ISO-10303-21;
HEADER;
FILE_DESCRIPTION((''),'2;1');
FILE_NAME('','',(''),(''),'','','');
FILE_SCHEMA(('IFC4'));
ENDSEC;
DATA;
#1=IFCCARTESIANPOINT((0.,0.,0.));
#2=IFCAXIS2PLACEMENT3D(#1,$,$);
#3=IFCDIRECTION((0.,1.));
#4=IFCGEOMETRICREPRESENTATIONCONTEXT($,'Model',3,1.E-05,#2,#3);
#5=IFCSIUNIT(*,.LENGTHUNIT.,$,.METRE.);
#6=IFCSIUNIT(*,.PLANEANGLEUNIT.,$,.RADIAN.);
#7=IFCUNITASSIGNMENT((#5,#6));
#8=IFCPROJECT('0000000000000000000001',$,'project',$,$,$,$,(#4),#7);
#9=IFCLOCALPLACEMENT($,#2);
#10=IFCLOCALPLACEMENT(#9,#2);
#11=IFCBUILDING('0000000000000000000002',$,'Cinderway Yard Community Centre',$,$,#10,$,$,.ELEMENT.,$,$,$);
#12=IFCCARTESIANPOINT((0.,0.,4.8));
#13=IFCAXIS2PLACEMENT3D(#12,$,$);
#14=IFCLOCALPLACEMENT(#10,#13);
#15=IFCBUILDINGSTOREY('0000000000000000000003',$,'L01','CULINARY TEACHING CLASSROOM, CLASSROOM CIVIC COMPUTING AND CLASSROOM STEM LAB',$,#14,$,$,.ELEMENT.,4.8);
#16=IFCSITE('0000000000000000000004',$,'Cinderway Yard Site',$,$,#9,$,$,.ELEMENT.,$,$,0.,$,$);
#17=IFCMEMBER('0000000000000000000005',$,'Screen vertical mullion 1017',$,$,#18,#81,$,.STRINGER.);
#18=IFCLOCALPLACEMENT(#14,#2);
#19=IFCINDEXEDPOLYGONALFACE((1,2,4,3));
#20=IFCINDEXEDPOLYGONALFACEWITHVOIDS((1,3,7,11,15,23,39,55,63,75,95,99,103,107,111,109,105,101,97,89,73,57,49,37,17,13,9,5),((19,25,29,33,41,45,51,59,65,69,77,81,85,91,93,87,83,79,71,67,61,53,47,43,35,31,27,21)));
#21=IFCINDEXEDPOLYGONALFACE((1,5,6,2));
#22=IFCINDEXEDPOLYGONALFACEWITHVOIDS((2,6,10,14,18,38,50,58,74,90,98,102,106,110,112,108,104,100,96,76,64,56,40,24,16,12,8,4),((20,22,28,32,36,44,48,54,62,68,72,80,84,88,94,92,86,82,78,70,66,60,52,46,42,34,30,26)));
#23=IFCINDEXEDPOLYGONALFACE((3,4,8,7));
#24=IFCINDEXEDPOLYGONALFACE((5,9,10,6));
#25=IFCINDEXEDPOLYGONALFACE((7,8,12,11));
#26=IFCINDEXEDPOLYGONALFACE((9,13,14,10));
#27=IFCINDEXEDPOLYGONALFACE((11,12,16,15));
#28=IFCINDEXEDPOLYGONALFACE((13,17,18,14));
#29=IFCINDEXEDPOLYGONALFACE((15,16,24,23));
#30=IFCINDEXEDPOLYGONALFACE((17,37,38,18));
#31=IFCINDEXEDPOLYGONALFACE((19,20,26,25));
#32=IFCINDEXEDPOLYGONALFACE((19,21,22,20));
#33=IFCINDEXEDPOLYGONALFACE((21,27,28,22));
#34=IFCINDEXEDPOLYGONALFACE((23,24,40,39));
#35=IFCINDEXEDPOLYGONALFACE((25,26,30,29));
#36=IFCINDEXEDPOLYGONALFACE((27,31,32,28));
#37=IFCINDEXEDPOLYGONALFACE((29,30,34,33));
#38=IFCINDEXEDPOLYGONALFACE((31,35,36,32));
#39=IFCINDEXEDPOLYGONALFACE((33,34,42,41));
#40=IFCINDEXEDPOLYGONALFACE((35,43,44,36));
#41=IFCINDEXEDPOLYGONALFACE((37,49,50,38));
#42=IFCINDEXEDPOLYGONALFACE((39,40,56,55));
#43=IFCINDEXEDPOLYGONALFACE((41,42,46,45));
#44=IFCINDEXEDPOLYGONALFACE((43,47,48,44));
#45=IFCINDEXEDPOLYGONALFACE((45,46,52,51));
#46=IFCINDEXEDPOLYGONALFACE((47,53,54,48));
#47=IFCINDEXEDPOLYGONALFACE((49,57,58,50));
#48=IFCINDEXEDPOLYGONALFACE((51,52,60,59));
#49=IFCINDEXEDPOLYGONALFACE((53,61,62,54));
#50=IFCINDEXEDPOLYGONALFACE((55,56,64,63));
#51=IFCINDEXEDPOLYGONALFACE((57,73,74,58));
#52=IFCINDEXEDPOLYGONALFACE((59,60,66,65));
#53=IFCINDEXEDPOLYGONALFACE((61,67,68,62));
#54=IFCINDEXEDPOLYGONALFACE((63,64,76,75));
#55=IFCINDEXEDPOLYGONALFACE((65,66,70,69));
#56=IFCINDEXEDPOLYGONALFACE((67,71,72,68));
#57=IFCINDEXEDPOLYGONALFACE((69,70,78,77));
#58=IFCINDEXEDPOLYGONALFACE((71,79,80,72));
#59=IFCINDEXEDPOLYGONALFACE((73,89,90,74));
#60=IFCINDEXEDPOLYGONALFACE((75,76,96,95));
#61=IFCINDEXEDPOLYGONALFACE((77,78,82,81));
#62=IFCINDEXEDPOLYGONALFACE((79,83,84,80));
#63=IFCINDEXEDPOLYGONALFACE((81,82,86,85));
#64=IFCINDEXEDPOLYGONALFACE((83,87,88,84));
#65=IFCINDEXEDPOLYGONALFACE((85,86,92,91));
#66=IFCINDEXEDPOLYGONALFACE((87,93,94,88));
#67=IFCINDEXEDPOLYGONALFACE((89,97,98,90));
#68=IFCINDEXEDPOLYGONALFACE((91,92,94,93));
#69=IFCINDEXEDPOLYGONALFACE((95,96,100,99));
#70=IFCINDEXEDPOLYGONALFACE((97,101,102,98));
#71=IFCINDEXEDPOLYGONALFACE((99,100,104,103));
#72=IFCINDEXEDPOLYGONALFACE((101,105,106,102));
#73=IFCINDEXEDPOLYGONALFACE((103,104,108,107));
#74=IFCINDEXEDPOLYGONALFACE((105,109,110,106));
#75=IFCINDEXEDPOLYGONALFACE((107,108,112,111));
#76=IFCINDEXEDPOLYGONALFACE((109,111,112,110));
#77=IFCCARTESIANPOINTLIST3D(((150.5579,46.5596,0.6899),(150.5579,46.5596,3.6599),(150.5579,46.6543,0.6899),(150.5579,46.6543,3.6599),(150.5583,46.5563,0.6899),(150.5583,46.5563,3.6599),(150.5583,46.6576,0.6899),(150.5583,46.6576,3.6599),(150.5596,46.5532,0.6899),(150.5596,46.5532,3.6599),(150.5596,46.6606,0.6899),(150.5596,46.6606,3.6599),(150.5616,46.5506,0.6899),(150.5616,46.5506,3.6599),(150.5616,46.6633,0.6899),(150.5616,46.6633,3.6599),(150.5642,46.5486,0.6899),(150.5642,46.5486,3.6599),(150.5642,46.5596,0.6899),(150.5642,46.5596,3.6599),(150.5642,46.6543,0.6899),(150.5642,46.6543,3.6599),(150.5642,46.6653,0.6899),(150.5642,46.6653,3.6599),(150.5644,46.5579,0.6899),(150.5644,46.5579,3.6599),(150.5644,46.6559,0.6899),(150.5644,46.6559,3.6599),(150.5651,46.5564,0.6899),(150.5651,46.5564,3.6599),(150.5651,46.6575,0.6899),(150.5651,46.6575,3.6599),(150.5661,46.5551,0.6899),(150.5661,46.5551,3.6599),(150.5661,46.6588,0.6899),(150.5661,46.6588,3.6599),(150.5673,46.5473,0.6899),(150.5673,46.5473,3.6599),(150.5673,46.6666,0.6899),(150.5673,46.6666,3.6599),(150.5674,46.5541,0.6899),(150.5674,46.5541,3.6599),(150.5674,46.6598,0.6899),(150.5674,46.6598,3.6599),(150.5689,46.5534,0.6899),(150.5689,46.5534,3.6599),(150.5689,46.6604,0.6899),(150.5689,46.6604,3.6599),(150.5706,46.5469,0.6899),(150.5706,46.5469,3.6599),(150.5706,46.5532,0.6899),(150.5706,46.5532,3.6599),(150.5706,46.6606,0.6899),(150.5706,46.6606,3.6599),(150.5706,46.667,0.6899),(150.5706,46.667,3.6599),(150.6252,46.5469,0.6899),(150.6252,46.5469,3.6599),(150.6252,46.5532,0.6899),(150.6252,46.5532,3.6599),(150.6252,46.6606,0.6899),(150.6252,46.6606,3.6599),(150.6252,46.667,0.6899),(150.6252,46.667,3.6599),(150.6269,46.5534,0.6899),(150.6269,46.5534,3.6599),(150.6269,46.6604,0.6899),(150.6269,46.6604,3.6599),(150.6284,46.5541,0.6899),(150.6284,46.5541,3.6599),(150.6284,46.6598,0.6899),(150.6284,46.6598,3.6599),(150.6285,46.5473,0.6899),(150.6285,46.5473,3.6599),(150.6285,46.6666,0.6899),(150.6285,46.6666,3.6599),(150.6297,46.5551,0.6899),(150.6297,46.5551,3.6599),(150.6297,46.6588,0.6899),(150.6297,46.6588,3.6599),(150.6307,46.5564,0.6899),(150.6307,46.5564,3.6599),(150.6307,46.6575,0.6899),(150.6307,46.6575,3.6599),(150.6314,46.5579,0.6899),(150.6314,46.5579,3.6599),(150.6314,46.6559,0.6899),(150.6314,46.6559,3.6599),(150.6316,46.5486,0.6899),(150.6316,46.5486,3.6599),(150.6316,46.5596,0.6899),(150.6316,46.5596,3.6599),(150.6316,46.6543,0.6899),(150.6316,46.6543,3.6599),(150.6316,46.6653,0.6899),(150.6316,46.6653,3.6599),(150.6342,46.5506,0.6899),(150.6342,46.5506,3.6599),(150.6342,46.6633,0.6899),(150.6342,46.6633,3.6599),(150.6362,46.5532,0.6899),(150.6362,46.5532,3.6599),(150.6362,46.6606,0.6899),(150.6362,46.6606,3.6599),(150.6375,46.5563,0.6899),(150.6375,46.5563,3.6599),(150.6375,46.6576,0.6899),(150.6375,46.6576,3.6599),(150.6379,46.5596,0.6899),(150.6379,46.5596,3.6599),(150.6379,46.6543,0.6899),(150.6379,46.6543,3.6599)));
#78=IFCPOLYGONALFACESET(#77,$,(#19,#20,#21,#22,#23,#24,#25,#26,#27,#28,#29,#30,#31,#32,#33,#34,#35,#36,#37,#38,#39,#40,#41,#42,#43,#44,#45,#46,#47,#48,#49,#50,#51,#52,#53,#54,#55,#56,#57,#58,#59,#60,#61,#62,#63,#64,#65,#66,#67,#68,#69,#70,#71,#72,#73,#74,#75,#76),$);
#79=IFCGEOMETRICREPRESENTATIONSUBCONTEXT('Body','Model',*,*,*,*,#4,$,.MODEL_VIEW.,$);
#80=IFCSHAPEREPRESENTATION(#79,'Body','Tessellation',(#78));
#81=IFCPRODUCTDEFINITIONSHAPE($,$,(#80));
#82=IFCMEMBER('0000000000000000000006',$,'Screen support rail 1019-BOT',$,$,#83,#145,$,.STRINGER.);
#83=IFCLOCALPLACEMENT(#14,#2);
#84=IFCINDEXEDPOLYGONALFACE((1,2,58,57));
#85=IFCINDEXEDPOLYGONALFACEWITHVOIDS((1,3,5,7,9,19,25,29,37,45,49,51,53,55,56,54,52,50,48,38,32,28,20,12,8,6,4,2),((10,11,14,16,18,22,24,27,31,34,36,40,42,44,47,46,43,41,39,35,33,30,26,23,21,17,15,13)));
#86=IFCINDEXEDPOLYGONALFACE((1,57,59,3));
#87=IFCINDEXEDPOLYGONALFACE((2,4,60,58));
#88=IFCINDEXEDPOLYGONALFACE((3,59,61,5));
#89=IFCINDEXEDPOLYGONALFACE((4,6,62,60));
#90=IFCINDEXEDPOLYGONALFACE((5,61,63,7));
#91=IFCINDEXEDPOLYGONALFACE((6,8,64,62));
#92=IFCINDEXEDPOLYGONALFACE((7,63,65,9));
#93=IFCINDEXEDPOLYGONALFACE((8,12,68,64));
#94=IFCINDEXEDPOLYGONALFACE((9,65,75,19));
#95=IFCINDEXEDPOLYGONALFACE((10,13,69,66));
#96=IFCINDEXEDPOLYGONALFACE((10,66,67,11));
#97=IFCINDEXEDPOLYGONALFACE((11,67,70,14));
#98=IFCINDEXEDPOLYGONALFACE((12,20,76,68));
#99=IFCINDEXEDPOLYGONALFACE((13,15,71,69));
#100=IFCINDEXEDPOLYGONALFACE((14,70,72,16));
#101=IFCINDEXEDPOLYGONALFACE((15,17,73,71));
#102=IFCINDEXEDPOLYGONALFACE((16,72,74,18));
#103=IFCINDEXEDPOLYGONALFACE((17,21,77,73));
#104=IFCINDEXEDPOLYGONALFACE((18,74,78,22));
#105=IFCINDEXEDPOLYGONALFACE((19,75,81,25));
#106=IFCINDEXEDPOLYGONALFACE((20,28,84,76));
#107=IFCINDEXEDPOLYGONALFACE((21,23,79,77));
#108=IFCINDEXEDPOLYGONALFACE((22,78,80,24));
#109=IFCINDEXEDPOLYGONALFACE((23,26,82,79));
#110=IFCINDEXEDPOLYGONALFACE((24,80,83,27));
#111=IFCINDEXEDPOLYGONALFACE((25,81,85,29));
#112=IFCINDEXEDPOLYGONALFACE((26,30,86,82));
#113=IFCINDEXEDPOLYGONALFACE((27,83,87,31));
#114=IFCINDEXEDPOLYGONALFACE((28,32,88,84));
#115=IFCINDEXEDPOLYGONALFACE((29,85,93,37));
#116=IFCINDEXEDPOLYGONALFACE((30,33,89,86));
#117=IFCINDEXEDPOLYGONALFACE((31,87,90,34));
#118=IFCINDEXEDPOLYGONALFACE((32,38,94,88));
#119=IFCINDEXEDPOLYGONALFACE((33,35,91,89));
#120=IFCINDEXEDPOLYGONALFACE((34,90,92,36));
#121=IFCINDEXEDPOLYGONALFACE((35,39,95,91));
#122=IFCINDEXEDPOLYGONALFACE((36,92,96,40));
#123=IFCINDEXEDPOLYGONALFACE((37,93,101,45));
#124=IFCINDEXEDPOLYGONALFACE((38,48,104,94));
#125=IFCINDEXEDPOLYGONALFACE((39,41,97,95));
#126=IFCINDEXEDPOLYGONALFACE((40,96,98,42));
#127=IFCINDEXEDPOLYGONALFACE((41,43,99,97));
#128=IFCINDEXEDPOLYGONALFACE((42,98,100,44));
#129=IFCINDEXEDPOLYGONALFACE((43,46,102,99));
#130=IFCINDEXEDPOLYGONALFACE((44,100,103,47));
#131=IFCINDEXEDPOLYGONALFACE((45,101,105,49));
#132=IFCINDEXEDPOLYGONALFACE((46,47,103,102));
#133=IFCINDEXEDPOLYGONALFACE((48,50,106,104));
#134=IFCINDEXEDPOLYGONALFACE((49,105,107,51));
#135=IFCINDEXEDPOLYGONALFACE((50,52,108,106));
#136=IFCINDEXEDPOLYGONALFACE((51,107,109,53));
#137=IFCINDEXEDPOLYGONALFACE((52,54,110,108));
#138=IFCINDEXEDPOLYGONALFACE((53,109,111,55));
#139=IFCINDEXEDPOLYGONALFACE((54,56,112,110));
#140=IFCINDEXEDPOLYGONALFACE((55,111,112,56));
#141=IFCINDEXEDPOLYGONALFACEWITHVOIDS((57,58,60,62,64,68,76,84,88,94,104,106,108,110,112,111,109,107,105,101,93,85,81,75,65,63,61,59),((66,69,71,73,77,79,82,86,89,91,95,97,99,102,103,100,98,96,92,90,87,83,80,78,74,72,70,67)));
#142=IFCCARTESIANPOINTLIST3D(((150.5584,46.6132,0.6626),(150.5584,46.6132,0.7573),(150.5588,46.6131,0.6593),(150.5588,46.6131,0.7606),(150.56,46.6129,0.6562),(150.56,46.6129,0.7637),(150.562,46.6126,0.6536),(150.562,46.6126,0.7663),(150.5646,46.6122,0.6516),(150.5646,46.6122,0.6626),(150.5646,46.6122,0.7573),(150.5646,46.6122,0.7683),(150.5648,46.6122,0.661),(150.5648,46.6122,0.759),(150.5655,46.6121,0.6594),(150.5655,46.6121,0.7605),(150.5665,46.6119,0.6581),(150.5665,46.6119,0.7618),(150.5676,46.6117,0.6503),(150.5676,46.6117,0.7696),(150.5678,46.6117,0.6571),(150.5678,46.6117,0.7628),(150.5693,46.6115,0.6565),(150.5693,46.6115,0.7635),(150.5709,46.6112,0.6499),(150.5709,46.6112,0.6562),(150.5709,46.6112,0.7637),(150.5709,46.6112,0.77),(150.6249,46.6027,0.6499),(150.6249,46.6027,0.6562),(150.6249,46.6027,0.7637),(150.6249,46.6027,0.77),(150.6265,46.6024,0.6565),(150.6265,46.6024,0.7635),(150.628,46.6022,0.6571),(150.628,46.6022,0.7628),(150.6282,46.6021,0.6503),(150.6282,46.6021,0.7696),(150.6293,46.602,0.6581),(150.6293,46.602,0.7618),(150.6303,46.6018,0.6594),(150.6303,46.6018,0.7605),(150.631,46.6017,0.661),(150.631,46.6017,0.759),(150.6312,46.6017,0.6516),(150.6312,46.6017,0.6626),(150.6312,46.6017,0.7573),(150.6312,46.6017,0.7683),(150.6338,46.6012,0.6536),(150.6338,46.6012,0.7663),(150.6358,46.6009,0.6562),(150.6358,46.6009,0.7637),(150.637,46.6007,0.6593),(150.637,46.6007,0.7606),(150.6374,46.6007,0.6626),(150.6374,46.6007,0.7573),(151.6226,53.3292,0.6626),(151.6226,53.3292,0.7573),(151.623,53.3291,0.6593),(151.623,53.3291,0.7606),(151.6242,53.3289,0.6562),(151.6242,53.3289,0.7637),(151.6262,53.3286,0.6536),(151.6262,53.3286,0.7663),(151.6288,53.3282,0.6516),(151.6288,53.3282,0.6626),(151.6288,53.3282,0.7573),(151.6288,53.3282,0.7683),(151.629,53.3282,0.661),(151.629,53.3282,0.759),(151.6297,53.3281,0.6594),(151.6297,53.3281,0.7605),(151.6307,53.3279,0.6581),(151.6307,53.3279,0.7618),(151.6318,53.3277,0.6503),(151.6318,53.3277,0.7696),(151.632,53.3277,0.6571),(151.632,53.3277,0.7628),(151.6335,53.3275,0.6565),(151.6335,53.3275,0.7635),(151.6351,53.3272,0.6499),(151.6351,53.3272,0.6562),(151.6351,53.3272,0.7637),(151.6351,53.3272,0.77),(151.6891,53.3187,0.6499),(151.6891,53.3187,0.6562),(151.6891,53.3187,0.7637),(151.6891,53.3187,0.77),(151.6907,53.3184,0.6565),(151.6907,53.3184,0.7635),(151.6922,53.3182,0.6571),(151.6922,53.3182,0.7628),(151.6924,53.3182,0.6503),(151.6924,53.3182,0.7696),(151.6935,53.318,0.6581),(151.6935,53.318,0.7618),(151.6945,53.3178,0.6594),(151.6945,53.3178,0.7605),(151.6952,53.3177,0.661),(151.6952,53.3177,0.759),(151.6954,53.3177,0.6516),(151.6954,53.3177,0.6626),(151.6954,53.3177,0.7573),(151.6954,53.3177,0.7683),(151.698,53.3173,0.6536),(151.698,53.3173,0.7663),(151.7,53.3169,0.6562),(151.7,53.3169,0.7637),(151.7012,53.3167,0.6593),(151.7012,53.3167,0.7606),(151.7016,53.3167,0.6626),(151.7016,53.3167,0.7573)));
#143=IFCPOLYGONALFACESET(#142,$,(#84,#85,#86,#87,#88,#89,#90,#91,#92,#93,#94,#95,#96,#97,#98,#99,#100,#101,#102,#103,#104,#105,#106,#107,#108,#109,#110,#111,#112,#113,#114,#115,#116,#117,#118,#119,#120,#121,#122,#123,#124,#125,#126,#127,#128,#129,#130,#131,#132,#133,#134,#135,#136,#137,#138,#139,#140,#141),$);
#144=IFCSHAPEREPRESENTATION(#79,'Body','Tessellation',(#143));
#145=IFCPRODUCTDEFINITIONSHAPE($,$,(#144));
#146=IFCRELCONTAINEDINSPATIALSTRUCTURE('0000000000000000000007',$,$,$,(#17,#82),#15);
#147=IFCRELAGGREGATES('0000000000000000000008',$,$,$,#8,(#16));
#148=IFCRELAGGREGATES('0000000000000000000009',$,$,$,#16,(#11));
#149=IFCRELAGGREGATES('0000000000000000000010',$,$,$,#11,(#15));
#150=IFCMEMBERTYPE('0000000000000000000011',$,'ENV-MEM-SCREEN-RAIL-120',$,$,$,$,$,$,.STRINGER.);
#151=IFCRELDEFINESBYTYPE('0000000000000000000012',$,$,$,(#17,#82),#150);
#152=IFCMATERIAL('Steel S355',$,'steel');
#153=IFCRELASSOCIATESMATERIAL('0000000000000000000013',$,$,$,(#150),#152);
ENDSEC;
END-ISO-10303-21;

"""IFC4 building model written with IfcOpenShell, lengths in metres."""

from ifc_helpers import new_model, si_unit, direction, frame, origin, origin_2d, place, context, subcontext, project, spatial, hollow_rectangle, extrude, material, material_profile, profile_set, type_object, element, save


model = new_model("IFC4")

# Units and contexts
model_context = context("Model", 3, precision=1e-05, world=origin(), true_north=direction((0.0, 1.0)))
body_context = subcontext(model_context, "Body", "Model", "MODEL_VIEW")
ifc_project = project(units=[si_unit("LENGTHUNIT", "METRE"), si_unit("PLANEANGLEUNIT", "RADIAN")], contexts=[model_context])

# Site, building, storey
site_placement = place(None, origin())
site = spatial("IfcSite", under=ifc_project, at=site_placement, Name="Cinderway Yard Site", CompositionType="ELEMENT", RefElevation=0.0)
building_placement = place(site_placement, origin())
building = spatial("IfcBuilding", under=site, at=building_placement, Name="Cinderway Yard Community Centre", CompositionType="ELEMENT")
storey_placement = place(building_placement, frame((0.0, 0.0, 4.8)))
storey = spatial("IfcBuildingStorey", under=building, at=storey_placement, Name="L01", Description="CULINARY TEACHING CLASSROOM, CLASSROOM CIVIC COMPUTING AND CLASSROOM STEM LAB", CompositionType="ELEMENT", Elevation=4.8)

# Members
ifc_material_1 = material(Name="Steel S355", Category="steel")
ifc_material_profile_1 = material_profile(ifc_material_1, hollow_rectangle(XDim=0.0801, YDim=0.1201, WallThickness=0.0063, InnerFilletRadius=0.0063, OuterFilletRadius=0.0127, at=origin_2d()), Name="Steel S355")
ifc_profile_set_1 = profile_set([ifc_material_profile_1], Name="Steel S355")
member_type_1 = type_object("IfcMemberType", Name="ENV-MEM-SCREEN-RAIL-120", PredefinedType="STRINGER", material=ifc_profile_set_1)
for number, where, z_axis, x_axis, name in (
    (1, (150.5979, 46.6069, 0.6899), (0.0, 0.0, 1.0), (1.0, 0.0, 0.0), "Screen vertical mullion 1017"),
):
    element("IfcMember", number, at=place(storey_placement, frame(where, z_axis=z_axis, x_axis=x_axis)), inside=storey, type_object=member_type_1, Name=name, PredefinedType="STRINGER", context=body_context, shape_type="SweptSolid", body=[
        extrude(hollow_rectangle(XDim=0.0801, YDim=0.1201, WallThickness=0.0063, InnerFilletRadius=0.0063, OuterFilletRadius=0.0127, at=origin_2d()), origin(), (0.0, 0.0, 1.0), 2.97),
    ])
for number, where, z_axis, x_axis, name in (
    (2, (150.5979, 46.6069, 0.71), (0.156505, 0.987677, 0.0), (-0.987677, 0.156505, 0.0), "Screen support rail 1019-BOT"),
):
    element("IfcMember", number, at=place(storey_placement, frame(where, z_axis=z_axis, x_axis=x_axis)), inside=storey, type_object=member_type_1, Name=name, PredefinedType="STRINGER", context=body_context, shape_type="SweptSolid", body=[
        extrude(hollow_rectangle(XDim=0.0801, YDim=0.1201, WallThickness=0.0063, InnerFilletRadius=0.0063, OuterFilletRadius=0.0127, at=origin_2d()), origin(), (0.0, 0.0, 1.0), 6.7998),
    ])

save(model, "model.ifc")
